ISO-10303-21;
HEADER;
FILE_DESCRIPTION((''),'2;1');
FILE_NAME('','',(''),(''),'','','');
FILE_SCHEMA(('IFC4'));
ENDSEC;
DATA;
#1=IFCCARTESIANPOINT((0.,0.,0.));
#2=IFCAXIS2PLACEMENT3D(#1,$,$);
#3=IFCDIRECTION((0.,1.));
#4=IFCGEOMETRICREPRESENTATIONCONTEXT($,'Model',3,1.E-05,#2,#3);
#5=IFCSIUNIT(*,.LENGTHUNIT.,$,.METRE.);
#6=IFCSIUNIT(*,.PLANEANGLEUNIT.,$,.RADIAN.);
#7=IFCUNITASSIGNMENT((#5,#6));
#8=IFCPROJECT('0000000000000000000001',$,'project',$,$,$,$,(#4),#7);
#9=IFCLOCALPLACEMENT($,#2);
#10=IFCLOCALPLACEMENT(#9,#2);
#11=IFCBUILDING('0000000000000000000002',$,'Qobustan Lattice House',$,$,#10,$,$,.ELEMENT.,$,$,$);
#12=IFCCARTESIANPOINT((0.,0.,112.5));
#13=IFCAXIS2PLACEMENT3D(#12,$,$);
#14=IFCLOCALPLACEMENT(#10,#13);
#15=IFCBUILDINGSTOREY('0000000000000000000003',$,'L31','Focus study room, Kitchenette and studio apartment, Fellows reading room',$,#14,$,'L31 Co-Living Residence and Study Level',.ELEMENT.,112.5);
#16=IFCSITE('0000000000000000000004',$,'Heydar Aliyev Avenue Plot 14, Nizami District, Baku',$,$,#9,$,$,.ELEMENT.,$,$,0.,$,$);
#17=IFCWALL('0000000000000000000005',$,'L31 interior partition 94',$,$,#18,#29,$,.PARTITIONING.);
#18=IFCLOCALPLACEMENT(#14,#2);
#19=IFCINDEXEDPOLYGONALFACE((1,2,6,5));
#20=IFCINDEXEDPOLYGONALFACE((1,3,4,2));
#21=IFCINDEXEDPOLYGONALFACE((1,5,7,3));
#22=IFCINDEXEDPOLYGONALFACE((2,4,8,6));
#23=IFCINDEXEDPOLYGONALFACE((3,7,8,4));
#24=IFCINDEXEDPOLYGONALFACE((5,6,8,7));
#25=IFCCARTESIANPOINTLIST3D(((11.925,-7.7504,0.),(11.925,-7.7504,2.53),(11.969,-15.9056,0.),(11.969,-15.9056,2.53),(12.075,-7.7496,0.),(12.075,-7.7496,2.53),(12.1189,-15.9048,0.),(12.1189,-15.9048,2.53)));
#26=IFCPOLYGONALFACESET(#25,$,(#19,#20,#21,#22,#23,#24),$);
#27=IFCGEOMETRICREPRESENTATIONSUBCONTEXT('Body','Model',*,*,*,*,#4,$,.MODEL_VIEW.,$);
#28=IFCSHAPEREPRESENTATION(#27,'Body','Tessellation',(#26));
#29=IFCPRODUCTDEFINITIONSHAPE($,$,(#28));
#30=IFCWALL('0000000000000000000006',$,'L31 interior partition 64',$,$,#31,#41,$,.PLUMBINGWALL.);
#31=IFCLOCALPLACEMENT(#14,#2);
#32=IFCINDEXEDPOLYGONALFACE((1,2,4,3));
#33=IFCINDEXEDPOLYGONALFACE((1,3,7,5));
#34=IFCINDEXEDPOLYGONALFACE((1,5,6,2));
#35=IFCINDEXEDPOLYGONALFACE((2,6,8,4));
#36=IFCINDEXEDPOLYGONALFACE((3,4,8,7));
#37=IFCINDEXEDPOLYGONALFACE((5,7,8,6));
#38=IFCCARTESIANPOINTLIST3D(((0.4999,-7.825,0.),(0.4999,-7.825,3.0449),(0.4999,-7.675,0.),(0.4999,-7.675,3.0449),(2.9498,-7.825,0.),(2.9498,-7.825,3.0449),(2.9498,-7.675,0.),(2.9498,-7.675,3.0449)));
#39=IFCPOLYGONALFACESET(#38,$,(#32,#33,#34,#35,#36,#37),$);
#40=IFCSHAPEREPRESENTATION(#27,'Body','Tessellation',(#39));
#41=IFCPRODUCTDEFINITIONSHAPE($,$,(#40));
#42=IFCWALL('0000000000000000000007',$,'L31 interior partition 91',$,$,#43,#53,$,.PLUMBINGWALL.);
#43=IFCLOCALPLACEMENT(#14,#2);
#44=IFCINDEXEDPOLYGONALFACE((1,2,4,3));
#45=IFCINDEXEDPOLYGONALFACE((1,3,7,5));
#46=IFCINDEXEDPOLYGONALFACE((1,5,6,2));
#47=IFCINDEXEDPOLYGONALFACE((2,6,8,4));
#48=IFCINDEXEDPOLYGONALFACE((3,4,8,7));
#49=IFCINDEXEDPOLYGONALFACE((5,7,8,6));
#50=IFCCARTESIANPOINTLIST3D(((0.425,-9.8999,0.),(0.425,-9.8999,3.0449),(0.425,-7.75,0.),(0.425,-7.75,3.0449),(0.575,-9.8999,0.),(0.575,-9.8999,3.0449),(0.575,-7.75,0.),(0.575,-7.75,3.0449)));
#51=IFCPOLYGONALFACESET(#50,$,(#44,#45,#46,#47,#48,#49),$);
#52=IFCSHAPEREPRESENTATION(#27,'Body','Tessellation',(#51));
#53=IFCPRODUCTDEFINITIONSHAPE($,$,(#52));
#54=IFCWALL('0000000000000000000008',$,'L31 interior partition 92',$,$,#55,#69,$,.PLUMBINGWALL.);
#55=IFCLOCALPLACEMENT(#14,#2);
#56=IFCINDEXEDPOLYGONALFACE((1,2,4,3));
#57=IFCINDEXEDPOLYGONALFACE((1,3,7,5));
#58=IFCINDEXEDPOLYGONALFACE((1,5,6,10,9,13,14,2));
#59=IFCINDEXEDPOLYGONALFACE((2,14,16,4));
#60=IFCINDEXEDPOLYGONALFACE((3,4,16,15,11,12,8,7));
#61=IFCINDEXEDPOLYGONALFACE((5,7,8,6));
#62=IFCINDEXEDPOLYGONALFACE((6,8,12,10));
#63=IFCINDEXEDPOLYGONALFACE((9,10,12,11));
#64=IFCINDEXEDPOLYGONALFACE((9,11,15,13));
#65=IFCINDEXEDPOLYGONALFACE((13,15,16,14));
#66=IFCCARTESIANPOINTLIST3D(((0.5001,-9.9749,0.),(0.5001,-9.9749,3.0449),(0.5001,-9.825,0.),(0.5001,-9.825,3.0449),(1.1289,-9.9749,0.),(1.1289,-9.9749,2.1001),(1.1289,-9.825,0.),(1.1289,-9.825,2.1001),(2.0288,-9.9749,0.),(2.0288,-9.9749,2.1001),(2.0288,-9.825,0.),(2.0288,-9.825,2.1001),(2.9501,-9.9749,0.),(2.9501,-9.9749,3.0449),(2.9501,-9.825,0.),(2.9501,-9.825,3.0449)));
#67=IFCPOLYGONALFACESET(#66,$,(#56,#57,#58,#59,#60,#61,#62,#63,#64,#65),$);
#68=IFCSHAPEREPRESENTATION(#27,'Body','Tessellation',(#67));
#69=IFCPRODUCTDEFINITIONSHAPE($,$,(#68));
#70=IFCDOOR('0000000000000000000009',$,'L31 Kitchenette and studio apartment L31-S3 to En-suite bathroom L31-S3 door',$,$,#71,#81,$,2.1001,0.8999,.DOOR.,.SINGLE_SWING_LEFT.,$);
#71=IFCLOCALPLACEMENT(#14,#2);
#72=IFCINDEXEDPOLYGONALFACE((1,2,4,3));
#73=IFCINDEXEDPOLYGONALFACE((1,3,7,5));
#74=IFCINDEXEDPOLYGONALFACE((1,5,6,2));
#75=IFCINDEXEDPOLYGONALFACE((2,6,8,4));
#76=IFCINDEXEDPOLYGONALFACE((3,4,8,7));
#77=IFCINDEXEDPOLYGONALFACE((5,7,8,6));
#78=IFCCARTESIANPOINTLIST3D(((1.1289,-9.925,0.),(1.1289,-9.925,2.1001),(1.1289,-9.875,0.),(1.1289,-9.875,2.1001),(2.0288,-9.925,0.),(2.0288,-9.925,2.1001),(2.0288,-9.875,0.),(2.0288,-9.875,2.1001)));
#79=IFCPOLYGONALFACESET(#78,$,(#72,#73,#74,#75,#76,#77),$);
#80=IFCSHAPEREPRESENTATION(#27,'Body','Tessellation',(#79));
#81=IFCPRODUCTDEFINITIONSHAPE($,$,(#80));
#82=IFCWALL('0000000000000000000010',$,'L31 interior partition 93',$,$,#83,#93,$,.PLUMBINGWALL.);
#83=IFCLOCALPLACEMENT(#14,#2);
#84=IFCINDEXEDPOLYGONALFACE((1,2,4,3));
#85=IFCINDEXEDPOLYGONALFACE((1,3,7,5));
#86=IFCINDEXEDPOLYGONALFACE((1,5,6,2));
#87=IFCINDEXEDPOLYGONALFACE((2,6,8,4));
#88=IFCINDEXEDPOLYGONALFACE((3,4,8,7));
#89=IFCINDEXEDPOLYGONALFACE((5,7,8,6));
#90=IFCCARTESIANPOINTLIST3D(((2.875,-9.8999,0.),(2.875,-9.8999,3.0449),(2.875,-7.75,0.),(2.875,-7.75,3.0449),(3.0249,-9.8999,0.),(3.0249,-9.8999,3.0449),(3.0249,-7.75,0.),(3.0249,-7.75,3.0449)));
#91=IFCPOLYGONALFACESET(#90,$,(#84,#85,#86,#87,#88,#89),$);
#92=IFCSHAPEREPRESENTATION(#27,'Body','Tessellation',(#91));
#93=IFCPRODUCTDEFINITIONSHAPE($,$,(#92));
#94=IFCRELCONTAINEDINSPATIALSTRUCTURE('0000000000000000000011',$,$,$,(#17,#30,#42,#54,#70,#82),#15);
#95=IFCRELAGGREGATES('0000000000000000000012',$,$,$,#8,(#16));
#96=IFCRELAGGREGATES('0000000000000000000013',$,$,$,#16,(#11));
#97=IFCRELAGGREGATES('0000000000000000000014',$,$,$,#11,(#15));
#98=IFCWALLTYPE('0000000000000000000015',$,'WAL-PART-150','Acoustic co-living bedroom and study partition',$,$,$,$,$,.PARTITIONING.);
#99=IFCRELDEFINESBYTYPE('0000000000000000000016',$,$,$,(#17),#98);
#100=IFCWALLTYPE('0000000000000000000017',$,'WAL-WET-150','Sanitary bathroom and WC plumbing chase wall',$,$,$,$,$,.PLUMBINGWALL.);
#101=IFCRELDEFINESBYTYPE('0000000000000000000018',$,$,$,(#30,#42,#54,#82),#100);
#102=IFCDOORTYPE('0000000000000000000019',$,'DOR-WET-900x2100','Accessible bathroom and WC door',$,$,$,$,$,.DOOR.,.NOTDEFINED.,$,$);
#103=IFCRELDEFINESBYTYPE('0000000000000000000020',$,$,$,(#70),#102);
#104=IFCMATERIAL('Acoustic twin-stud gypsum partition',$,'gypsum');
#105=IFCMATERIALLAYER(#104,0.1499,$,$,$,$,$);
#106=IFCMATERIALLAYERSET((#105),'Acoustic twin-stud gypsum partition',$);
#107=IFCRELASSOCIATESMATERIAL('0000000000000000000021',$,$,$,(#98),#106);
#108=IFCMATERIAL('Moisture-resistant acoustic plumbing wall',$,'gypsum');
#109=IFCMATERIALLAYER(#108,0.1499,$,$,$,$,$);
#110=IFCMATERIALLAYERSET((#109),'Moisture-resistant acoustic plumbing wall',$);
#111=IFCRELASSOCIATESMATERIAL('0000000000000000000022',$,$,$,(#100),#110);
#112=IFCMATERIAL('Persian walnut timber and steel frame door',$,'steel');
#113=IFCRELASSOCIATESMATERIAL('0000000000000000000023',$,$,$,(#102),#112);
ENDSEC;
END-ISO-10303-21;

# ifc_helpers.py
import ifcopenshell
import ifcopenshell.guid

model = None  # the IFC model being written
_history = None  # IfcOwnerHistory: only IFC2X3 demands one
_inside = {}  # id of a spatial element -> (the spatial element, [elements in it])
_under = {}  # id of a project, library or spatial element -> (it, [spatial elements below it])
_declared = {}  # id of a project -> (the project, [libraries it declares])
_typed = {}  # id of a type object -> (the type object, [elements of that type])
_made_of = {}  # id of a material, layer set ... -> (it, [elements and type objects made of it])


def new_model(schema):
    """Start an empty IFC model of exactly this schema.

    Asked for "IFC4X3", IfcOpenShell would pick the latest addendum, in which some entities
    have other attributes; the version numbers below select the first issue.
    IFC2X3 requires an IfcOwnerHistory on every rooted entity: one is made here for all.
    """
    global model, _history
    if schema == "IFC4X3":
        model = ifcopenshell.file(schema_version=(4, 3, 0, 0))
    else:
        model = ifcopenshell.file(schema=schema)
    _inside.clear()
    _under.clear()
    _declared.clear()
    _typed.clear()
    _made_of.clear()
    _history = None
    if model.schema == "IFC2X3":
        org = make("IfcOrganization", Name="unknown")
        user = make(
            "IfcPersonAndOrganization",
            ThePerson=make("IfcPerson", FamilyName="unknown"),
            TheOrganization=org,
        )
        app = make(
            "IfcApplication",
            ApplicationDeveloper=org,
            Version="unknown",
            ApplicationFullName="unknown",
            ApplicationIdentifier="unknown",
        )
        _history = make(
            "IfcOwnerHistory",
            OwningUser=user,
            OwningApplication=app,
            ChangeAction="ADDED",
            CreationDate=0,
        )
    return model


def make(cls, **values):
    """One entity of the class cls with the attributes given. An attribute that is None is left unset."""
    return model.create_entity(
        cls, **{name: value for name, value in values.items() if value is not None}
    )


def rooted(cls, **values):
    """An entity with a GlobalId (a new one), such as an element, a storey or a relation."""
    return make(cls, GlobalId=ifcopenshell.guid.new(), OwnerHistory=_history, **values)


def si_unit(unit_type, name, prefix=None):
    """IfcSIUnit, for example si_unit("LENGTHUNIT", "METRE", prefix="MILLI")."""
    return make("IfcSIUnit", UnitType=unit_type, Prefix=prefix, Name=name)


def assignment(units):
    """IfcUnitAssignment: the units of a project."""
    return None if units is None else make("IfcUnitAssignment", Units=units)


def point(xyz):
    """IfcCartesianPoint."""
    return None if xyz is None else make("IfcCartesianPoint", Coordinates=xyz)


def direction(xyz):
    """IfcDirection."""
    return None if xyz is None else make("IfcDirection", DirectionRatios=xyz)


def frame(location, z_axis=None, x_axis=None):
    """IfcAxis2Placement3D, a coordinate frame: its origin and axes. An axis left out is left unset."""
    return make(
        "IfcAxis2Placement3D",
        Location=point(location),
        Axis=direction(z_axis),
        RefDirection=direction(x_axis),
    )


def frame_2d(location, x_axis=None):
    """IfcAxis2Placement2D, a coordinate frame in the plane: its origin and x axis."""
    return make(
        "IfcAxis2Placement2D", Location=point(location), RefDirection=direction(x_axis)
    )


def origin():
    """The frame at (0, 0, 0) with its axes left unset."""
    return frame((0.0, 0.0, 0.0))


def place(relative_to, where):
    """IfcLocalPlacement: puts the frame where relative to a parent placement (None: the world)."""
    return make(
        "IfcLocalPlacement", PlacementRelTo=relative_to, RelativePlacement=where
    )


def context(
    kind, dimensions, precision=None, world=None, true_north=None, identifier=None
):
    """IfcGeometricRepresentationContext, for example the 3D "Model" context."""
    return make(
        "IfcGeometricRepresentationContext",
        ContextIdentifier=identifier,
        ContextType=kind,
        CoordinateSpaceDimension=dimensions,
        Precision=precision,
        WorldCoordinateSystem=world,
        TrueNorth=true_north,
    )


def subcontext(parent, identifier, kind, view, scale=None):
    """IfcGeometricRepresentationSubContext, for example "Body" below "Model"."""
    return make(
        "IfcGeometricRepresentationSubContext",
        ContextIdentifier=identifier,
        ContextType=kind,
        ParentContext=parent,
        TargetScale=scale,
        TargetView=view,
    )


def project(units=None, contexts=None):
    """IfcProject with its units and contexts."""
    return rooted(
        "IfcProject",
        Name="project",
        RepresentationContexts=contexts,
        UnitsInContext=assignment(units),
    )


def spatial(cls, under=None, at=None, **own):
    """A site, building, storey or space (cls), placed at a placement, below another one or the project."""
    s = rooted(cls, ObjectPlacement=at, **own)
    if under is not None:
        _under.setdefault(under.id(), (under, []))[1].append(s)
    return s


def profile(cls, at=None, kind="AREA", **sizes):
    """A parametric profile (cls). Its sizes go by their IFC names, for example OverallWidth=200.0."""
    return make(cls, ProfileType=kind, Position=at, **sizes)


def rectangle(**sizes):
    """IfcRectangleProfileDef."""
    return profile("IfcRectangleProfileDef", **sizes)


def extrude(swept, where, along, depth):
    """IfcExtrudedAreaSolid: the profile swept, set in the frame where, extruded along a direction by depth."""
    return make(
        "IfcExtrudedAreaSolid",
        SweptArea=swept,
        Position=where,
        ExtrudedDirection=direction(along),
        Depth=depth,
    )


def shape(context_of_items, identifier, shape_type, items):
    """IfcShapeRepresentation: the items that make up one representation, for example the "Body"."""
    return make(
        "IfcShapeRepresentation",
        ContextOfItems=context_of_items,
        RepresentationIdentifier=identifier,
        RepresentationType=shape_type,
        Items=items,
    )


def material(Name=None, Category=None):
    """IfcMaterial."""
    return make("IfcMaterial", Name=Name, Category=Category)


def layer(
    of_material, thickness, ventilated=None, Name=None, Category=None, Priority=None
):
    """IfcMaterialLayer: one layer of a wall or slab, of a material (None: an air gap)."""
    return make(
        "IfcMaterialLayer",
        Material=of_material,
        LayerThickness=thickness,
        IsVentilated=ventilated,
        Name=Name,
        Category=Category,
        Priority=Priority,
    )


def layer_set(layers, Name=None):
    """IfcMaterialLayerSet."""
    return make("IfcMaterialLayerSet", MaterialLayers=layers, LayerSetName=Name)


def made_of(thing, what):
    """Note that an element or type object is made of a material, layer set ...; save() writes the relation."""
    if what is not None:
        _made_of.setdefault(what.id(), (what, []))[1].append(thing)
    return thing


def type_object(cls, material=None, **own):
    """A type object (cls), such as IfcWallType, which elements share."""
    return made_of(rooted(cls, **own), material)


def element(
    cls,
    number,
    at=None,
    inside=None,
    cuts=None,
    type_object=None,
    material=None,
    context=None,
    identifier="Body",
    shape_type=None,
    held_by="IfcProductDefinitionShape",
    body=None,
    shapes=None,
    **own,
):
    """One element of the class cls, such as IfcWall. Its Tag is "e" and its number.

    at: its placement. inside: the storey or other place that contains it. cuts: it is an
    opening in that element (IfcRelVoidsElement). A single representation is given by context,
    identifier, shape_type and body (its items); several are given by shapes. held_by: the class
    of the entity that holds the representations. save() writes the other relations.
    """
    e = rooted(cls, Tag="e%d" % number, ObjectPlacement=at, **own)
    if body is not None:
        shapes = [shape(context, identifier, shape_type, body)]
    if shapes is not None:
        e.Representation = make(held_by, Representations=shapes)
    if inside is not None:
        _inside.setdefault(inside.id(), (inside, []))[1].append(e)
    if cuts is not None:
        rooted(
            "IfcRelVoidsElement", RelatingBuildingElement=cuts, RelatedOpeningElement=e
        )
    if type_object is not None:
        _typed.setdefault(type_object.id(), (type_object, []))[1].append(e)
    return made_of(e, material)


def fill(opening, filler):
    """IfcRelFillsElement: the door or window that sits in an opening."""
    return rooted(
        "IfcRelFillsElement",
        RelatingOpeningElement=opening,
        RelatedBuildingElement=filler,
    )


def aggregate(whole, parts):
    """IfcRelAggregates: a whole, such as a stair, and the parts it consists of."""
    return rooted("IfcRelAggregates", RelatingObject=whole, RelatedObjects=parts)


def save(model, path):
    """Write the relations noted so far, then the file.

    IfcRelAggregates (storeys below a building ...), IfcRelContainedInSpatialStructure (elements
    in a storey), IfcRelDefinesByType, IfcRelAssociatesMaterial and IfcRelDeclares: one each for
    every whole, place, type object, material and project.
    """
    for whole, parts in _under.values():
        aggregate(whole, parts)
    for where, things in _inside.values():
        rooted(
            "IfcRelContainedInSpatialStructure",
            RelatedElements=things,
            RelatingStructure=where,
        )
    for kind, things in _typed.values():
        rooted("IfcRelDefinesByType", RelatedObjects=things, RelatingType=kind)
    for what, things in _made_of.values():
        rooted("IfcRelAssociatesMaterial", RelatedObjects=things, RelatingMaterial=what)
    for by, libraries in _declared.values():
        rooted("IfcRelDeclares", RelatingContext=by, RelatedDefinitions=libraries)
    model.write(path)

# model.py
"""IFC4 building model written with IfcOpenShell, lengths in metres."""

from ifc_helpers import new_model, si_unit, direction, frame, frame_2d, origin, place, context, subcontext, project, spatial, rectangle, extrude, material, layer, layer_set, type_object, element, fill, save


model = new_model("IFC4")

# Units and contexts
model_context = context("Model", 3, precision=1e-05, world=origin(), true_north=direction((0.0, 1.0)))
body_context = subcontext(model_context, "Body", "Model", "MODEL_VIEW")
ifc_project = project(units=[si_unit("LENGTHUNIT", "METRE"), si_unit("PLANEANGLEUNIT", "RADIAN")], contexts=[model_context])

# Site, building, storey
site_placement = place(None, origin())
site = spatial("IfcSite", under=ifc_project, at=site_placement, Name="Heydar Aliyev Avenue Plot 14, Nizami District, Baku", CompositionType="ELEMENT", RefElevation=0.0)
building_placement = place(site_placement, origin())
building = spatial("IfcBuilding", under=site, at=building_placement, Name="Qobustan Lattice House", CompositionType="ELEMENT")
storey_placement = place(building_placement, frame((0.0, 0.0, 112.5)))
storey = spatial("IfcBuildingStorey", under=building, at=storey_placement, Name="L31", Description="Focus study room, Kitchenette and studio apartment, Fellows reading room", LongName="L31 Co-Living Residence and Study Level", CompositionType="ELEMENT", Elevation=112.5)

# Walls
ifc_material_1 = material(Name="Acoustic twin-stud gypsum partition", Category="gypsum")
ifc_layer_1 = layer(ifc_material_1, 0.1499)
ifc_layer_set_1 = layer_set([ifc_layer_1], Name="Acoustic twin-stud gypsum partition")
wall_type_1 = type_object("IfcWallType", Name="WAL-PART-150", Description="Acoustic co-living bedroom and study partition", PredefinedType="PARTITIONING", material=ifc_layer_set_1)
wall_1_placement = place(storey_placement, frame((12.0, -7.75, 0.0), z_axis=(0.0, 0.0, 1.0), x_axis=(0.005388, -0.999985, 0.0)))
element("IfcWall", 1, at=wall_1_placement, inside=storey, type_object=wall_type_1, Name="L31 interior partition 94", PredefinedType="PARTITIONING", context=body_context, shape_type="SweptSolid", body=[
    extrude(rectangle(XDim=8.1553, YDim=0.1499, at=frame_2d((4.0776, 0.0))), origin(), (0.0, 0.0, 1.0), 2.53),
])
ifc_material_2 = material(Name="Moisture-resistant acoustic plumbing wall", Category="gypsum")
ifc_layer_2 = layer(ifc_material_2, 0.1499)
ifc_layer_set_2 = layer_set([ifc_layer_2], Name="Moisture-resistant acoustic plumbing wall")
wall_type_2 = type_object("IfcWallType", Name="WAL-WET-150", Description="Sanitary bathroom and WC plumbing chase wall", PredefinedType="PLUMBINGWALL", material=ifc_layer_set_2)
wall_2_placement = place(storey_placement, frame((2.95, -7.75, 0.0), z_axis=(0.0, 0.0, 1.0), x_axis=(-1.0, 0.0, 0.0)))
element("IfcWall", 2, at=wall_2_placement, inside=storey, type_object=wall_type_2, Name="L31 interior partition 64", PredefinedType="PLUMBINGWALL", context=body_context, shape_type="SweptSolid", body=[
    extrude(rectangle(XDim=2.45, YDim=0.1499, at=frame_2d((1.2251, 0.0))), origin(), (0.0, 0.0, 1.0), 3.0449),
])
wall_3_placement = place(storey_placement, frame((0.5, -7.75, 0.0), z_axis=(0.0, 0.0, 1.0), x_axis=(0.0, -1.0, 0.0)))
element("IfcWall", 3, at=wall_3_placement, inside=storey, type_object=wall_type_2, Name="L31 interior partition 91", PredefinedType="PLUMBINGWALL", context=body_context, shape_type="SweptSolid", body=[
    extrude(rectangle(XDim=2.1499, YDim=0.1499, at=frame_2d((1.075, 0.0))), origin(), (0.0, 0.0, 1.0), 3.0449),
])

# Wall, opening, door
wall_4_placement = place(storey_placement, frame((0.5, -9.8999, 0.0), z_axis=(0.0, 0.0, 1.0), x_axis=(1.0, 0.0, 0.0)))
wall_4 = element("IfcWall", 4, at=wall_4_placement, inside=storey, type_object=wall_type_2, Name="L31 interior partition 92", PredefinedType="PLUMBINGWALL", context=body_context, shape_type="SweptSolid", body=[
    extrude(rectangle(XDim=2.45, YDim=0.1499, at=frame_2d((1.2251, 0.0))), origin(), (0.0, 0.0, 1.0), 3.0449),
])
opening_1_placement = place(wall_4_placement, frame((0.6289, 0.0, 0.0)))
opening_1 = element("IfcOpeningElement", 5, at=opening_1_placement, cuts=wall_4, PredefinedType="OPENING", context=body_context, shape_type="SweptSolid", body=[
    extrude(rectangle(XDim=0.8999, YDim=2.1001, at=frame_2d((0.45, 1.05))), frame((0.0, 0.085, 0.0), z_axis=(0.0, -1.0, 0.0), x_axis=(1.0, 0.0, 0.0)), (0.0, 0.0, 1.0), 0.1699),
])
ifc_material_3 = material(Name="Persian walnut timber and steel frame door", Category="steel")
door_type_1 = type_object("IfcDoorType", Name="DOR-WET-900x2100", Description="Accessible bathroom and WC door", OperationType="NOTDEFINED", PredefinedType="DOOR", material=ifc_material_3)
door_1_placement = place(opening_1_placement, origin())
door_1 = element("IfcDoor", 6, at=door_1_placement, inside=storey, type_object=door_type_1, Name="L31 Kitchenette and studio apartment L31-S3 to En-suite bathroom L31-S3 door", OperationType="SINGLE_SWING_LEFT", OverallHeight=2.1001, OverallWidth=0.8999, PredefinedType="DOOR", context=body_context, shape_type="SweptSolid", body=[
    extrude(rectangle(XDim=0.8999, YDim=2.1001, at=frame_2d((0.45, 1.05))), frame((0.0, 0.0249, 0.0), z_axis=(0.0, -1.0, 0.0), x_axis=(1.0, 0.0, 0.0)), (0.0, 0.0, 1.0), 0.05),
])
fill(opening_1, door_1)

# Wall
wall_5_placement = place(storey_placement, frame((2.95, -9.8999, 0.0), z_axis=(0.0, 0.0, 1.0), x_axis=(0.0, 1.0, 0.0)))
element("IfcWall", 7, at=wall_5_placement, inside=storey, type_object=wall_type_2, Name="L31 interior partition 93", PredefinedType="PLUMBINGWALL", context=body_context, shape_type="SweptSolid", body=[
    extrude(rectangle(XDim=2.1499, YDim=0.1499, at=frame_2d((1.075, 0.0))), origin(), (0.0, 0.0, 1.0), 3.0449),
])

save(model, "model.ifc")
